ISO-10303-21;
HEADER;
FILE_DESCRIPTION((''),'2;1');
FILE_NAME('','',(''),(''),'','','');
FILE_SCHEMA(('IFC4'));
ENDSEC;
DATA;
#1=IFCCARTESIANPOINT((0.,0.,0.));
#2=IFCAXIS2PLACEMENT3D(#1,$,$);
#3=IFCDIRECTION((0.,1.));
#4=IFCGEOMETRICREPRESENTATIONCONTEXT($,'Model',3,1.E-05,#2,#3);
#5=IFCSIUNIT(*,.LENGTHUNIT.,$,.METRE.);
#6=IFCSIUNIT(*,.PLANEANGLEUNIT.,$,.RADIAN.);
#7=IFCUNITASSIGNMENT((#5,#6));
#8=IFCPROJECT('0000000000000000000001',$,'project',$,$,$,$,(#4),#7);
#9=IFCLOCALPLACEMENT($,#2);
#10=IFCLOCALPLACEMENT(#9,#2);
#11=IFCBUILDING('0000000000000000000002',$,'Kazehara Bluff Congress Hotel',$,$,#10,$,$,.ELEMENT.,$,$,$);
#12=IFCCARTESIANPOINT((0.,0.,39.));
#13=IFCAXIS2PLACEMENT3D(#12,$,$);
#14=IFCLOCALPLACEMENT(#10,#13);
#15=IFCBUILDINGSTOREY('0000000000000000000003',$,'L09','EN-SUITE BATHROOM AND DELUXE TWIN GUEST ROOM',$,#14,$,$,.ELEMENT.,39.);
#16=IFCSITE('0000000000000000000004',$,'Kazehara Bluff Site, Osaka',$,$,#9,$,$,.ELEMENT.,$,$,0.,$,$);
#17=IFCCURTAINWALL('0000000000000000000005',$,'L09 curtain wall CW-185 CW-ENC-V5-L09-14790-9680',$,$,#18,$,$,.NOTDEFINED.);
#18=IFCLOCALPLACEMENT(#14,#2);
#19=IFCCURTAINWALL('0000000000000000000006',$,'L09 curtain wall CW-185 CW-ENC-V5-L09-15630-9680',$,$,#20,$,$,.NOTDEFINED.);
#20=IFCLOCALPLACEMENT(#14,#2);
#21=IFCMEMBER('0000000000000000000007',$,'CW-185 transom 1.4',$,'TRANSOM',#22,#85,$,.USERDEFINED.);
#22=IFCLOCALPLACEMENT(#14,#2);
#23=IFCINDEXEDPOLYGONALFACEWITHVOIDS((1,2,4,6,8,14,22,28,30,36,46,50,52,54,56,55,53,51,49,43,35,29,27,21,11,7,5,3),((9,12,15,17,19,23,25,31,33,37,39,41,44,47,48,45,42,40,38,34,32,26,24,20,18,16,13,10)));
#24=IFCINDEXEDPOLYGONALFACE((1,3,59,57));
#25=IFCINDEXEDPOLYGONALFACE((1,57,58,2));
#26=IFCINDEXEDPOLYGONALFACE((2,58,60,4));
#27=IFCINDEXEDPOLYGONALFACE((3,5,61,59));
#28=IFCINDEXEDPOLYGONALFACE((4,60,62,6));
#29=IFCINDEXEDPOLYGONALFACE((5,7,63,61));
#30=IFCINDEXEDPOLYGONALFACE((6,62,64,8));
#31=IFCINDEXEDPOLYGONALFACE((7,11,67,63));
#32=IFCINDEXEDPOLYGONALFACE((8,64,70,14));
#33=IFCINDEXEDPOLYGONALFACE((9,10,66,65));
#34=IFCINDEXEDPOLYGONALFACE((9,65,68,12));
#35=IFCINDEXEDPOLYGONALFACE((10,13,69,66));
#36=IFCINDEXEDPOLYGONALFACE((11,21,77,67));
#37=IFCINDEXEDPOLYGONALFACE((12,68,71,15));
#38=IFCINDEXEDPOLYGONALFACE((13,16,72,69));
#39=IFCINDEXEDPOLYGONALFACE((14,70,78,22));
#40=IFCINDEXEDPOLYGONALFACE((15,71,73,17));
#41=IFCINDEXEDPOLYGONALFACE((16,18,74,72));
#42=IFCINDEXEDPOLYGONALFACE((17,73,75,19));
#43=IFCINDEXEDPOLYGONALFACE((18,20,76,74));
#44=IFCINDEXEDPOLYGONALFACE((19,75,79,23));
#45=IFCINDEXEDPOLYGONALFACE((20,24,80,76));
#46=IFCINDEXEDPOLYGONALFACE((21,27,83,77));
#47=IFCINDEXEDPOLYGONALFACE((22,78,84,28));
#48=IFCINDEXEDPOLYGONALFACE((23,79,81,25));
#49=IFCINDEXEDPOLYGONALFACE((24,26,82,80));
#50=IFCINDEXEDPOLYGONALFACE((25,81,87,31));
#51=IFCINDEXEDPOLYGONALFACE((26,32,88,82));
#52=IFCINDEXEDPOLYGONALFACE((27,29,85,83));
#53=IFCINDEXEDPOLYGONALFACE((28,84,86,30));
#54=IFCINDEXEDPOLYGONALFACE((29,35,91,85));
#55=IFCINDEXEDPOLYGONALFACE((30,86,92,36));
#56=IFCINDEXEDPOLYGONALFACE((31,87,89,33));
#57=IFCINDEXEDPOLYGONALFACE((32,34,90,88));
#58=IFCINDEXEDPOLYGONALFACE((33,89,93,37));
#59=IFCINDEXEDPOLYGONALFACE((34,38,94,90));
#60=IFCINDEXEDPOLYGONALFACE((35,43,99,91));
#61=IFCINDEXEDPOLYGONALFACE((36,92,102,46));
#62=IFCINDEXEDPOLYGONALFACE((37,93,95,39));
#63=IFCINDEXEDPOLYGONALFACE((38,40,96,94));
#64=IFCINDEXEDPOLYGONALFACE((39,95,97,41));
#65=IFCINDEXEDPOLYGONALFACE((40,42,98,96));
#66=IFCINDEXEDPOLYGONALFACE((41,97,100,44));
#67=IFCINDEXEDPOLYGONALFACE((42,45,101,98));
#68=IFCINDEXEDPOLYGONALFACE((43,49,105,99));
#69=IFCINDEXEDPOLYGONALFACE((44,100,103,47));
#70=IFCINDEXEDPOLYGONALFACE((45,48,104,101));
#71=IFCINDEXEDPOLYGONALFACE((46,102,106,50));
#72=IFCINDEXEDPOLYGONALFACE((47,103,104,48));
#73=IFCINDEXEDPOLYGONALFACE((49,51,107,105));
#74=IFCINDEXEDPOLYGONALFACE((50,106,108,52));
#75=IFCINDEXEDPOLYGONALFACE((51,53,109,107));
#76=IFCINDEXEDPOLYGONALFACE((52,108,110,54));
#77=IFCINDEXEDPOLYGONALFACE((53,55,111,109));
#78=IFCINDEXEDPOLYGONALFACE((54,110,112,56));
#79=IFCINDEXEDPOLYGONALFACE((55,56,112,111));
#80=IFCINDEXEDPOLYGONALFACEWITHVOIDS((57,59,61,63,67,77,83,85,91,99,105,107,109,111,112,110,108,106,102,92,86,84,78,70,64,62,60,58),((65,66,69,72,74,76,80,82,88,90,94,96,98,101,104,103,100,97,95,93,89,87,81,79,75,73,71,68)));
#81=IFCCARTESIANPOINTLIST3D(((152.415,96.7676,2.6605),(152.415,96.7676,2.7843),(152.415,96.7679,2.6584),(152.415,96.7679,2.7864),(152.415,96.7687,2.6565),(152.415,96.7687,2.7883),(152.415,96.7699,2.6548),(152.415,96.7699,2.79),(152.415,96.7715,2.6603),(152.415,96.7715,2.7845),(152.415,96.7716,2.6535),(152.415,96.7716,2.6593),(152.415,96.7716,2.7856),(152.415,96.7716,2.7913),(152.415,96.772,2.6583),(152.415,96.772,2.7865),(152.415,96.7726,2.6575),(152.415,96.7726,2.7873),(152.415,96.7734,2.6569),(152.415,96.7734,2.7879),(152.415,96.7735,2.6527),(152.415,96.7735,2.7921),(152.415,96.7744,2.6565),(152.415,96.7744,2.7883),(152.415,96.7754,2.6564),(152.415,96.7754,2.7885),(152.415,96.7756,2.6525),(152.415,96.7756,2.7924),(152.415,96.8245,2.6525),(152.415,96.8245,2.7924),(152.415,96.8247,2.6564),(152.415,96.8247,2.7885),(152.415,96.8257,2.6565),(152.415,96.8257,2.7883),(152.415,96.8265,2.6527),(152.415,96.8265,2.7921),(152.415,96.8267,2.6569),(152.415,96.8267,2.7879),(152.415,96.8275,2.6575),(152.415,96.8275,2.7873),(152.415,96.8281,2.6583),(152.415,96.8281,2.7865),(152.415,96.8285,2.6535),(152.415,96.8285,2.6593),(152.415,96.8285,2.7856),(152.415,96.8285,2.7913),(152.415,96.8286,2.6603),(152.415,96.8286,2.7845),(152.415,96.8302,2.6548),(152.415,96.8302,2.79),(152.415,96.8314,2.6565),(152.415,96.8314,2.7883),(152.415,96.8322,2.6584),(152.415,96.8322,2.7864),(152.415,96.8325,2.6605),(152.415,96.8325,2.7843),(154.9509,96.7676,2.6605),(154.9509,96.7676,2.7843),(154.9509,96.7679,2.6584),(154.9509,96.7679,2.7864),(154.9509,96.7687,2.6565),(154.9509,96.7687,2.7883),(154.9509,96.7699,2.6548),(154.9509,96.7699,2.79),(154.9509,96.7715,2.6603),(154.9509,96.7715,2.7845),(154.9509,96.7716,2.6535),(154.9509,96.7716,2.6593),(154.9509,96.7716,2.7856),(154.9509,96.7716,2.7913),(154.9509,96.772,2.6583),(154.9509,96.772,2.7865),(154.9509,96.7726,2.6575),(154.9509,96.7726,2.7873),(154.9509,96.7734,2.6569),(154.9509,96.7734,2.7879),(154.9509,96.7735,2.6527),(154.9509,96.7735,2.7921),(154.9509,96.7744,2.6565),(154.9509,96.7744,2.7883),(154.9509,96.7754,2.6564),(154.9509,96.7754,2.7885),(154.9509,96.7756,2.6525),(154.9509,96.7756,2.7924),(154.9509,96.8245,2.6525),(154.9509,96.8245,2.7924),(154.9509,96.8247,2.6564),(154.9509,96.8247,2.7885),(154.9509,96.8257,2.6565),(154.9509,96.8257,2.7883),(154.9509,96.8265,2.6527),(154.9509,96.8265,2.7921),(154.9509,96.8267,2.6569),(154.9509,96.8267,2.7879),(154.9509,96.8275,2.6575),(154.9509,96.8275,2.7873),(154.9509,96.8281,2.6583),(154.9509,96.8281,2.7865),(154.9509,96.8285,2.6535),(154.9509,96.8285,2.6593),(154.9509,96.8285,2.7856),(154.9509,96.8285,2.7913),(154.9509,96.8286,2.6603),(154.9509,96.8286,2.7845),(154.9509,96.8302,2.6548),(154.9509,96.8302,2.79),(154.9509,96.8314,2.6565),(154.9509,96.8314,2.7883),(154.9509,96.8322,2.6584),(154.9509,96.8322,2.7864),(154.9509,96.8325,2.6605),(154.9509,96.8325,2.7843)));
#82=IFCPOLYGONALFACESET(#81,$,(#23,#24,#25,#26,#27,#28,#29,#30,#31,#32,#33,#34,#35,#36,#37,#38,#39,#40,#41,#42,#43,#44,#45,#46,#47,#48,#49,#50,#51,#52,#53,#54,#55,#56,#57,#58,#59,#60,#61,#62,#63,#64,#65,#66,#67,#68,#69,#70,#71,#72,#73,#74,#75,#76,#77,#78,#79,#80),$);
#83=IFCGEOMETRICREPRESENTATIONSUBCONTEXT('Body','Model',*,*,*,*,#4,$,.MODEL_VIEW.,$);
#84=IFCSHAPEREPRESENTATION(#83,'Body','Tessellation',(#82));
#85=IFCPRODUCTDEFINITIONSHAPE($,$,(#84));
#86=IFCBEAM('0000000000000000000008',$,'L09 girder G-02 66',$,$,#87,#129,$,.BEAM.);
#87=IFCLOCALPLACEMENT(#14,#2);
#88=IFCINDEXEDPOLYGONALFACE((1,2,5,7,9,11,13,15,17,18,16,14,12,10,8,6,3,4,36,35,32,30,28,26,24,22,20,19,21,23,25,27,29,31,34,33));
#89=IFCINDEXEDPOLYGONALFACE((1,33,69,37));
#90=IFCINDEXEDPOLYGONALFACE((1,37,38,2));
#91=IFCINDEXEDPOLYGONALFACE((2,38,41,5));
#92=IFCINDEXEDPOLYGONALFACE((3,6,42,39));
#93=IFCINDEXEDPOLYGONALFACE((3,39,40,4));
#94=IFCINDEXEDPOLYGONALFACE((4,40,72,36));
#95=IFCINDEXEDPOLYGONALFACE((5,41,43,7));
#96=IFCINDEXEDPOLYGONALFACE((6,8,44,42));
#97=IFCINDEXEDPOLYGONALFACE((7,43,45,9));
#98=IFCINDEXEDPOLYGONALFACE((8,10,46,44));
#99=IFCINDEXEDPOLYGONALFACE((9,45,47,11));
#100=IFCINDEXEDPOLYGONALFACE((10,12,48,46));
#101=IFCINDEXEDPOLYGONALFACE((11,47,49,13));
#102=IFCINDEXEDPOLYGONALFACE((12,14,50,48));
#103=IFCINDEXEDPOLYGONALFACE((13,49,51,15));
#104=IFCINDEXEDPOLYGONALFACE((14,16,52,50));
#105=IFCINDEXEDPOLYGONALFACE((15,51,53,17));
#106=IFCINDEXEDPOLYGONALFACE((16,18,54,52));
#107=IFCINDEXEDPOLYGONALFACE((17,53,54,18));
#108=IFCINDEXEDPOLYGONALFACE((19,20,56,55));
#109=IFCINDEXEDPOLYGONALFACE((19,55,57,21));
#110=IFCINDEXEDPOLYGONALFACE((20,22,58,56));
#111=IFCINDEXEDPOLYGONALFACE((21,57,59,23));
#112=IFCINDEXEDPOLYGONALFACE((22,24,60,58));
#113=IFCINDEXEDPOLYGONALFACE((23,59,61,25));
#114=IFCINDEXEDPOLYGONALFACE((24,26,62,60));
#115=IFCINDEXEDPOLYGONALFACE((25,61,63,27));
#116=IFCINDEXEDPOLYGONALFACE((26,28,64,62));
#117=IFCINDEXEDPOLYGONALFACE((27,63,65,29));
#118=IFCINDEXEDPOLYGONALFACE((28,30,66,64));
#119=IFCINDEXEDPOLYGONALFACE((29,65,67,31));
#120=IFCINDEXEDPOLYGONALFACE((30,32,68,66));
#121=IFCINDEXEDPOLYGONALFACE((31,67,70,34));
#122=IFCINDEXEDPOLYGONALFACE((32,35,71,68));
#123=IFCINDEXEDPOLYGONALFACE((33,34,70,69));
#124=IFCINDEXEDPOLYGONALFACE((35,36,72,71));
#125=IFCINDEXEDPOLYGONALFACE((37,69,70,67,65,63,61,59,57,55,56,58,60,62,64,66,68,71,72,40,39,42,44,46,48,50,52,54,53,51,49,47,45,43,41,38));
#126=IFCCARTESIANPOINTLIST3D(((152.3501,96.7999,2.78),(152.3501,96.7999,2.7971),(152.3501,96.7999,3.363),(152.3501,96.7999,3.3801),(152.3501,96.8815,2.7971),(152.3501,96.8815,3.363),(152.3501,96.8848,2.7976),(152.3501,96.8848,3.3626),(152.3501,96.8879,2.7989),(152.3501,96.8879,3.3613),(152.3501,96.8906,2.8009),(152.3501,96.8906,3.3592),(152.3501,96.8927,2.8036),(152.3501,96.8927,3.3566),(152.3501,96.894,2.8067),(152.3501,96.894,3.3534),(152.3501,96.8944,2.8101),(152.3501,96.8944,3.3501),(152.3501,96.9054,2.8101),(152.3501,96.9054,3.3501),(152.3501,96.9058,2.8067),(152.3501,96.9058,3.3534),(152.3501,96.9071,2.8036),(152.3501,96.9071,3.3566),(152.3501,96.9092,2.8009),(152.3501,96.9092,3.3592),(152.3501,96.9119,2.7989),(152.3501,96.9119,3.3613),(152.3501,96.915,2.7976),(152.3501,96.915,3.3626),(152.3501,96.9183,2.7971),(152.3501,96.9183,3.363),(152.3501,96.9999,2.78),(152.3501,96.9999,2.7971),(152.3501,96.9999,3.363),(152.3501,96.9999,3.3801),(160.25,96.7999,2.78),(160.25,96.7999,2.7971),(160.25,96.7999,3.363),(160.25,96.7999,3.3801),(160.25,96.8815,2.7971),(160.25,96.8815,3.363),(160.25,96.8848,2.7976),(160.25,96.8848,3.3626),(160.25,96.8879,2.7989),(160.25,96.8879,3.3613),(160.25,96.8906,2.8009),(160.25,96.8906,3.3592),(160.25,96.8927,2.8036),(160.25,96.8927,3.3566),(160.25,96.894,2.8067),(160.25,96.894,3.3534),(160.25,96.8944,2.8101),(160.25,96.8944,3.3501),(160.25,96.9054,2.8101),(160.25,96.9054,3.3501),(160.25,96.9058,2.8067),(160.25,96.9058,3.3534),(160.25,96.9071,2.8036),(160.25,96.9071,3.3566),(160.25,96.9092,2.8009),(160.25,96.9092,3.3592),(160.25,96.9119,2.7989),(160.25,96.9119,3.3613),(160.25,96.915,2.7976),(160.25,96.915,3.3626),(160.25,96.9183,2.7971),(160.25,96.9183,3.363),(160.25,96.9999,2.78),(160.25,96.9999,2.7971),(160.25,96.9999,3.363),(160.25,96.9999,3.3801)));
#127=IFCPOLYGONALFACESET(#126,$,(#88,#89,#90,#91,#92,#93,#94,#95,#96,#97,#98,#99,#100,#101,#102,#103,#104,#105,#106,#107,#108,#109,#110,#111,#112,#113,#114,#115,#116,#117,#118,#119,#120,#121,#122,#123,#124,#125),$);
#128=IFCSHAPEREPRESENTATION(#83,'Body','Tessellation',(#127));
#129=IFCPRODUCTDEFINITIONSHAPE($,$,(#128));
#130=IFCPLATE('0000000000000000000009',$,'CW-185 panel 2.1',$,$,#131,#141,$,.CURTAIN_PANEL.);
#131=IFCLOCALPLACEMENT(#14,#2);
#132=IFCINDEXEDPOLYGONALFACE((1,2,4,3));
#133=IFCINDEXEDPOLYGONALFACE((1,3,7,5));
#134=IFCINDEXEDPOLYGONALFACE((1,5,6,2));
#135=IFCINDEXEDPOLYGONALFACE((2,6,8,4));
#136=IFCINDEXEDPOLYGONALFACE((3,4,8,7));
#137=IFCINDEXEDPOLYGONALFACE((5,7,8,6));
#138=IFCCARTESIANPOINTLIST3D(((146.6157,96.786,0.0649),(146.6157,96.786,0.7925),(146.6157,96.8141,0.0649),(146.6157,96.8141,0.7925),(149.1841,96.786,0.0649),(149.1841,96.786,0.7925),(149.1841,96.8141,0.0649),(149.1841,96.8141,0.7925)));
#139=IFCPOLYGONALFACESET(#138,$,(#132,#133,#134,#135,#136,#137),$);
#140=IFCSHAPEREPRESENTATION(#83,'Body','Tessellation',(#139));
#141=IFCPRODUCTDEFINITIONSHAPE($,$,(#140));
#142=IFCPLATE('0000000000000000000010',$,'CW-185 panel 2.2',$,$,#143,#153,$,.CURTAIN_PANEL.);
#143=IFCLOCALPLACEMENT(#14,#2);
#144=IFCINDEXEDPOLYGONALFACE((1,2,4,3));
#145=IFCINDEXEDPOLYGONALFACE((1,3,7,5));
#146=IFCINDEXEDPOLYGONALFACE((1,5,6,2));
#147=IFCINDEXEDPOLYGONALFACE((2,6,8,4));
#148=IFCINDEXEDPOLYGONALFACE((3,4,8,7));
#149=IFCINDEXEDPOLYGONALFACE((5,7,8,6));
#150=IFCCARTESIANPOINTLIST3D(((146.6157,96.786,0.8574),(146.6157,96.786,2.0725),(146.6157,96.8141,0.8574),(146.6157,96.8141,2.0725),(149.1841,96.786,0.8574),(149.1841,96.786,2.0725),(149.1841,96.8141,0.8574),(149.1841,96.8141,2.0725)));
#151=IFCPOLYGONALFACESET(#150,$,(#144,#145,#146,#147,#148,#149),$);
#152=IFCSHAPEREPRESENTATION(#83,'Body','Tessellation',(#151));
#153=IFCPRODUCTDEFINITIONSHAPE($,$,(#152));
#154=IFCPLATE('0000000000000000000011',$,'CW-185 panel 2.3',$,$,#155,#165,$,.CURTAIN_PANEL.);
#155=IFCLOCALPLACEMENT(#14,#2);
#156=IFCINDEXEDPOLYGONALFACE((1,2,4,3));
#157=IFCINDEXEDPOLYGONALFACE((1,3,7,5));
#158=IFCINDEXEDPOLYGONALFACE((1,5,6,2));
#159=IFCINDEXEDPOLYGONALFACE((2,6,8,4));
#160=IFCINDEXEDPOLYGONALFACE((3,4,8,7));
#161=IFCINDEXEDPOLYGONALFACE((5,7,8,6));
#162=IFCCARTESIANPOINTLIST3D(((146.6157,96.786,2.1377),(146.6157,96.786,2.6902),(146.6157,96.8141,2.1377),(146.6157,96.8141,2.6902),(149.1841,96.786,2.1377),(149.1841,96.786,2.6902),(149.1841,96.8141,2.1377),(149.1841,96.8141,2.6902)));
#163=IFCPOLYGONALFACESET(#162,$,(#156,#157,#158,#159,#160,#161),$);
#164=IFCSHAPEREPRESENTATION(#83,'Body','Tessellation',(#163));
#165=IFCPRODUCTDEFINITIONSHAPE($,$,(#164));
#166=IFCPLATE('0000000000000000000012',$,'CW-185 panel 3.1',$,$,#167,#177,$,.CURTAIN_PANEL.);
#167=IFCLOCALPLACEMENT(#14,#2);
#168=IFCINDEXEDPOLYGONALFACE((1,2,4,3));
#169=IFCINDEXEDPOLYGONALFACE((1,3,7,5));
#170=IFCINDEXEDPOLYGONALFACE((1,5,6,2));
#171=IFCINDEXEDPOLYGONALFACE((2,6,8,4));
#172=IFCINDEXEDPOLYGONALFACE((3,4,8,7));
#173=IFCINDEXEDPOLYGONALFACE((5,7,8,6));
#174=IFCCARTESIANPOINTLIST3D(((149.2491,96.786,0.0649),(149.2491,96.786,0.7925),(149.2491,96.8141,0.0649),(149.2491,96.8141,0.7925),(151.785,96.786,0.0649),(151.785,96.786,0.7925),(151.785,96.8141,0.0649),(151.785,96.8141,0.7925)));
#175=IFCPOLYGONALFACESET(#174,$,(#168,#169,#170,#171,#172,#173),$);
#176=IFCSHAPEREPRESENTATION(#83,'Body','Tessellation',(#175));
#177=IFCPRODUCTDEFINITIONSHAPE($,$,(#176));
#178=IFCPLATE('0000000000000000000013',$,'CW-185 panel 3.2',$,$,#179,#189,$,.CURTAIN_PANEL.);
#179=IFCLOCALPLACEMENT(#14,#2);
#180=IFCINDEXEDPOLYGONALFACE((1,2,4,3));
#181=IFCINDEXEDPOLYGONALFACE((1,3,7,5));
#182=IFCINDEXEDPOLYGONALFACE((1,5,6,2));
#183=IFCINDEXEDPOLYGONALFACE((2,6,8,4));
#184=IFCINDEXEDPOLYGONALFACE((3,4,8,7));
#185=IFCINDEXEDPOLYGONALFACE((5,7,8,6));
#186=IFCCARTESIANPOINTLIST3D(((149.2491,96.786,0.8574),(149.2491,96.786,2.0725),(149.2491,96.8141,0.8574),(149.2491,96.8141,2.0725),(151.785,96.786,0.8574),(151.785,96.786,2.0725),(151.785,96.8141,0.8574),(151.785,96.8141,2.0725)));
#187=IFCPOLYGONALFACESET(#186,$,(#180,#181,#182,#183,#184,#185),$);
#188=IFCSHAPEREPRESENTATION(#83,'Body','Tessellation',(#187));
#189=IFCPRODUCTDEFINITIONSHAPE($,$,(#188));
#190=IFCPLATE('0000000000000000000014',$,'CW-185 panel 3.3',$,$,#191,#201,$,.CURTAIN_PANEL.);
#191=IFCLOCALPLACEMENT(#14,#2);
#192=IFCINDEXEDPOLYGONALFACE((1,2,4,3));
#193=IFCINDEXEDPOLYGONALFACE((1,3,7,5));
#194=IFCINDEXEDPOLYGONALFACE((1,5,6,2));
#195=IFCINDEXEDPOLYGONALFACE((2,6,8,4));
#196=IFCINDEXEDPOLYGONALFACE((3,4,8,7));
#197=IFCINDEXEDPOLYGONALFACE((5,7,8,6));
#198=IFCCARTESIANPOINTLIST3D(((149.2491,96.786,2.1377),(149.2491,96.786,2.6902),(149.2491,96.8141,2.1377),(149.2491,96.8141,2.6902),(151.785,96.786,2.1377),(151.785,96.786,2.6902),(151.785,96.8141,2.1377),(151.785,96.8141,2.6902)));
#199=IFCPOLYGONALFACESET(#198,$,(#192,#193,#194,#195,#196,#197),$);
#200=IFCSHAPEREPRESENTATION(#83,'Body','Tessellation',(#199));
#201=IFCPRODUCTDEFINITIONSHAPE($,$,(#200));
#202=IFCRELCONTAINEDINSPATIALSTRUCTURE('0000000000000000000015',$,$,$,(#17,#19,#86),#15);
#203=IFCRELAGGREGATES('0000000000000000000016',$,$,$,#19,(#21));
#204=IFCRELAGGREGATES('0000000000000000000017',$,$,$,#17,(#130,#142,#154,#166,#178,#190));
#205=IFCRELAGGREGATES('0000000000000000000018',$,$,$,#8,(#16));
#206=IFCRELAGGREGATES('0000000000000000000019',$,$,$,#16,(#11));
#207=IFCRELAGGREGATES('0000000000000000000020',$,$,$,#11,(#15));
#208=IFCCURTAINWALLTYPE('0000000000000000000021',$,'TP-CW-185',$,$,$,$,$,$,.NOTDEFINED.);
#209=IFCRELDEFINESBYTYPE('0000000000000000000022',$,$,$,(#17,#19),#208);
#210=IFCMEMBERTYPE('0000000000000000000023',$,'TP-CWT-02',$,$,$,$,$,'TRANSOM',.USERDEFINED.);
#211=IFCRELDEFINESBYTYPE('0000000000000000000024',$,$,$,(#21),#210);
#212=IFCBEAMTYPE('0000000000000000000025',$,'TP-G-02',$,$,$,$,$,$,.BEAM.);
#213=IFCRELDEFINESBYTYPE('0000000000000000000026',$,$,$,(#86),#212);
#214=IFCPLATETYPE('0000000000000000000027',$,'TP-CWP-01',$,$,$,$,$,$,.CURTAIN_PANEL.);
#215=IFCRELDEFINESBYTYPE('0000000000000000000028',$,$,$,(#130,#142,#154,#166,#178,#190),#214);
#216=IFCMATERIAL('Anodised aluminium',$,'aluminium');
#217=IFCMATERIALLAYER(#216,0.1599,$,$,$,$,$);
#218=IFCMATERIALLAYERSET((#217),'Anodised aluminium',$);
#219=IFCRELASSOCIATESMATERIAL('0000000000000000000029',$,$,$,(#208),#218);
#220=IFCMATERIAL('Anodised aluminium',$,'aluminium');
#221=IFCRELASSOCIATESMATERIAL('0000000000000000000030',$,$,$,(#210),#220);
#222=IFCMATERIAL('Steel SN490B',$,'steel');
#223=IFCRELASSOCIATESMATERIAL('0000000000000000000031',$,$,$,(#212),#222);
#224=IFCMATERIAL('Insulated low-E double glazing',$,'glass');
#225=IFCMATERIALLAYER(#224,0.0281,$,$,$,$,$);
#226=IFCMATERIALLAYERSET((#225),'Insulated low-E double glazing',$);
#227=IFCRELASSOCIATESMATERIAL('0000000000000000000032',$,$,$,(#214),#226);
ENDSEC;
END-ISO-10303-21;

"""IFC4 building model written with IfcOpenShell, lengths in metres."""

from ifc_helpers import new_model, si_unit, direction, frame, origin, origin_2d, place, context, subcontext, project, spatial, rectangle, hollow_rectangle, i_section, extrude, material, layer, layer_set, material_profile, profile_set, type_object, element, aggregate, save


model = new_model("IFC4")

# Units and contexts
model_context = context("Model", 3, precision=1e-05, world=origin(), true_north=direction((0.0, 1.0)))
body_context = subcontext(model_context, "Body", "Model", "MODEL_VIEW")
ifc_project = project(units=[si_unit("LENGTHUNIT", "METRE"), si_unit("PLANEANGLEUNIT", "RADIAN")], contexts=[model_context])

# Site, building, storey
site_placement = place(None, origin())
site = spatial("IfcSite", under=ifc_project, at=site_placement, Name="Kazehara Bluff Site, Osaka", CompositionType="ELEMENT", RefElevation=0.0)
building_placement = place(site_placement, origin())
building = spatial("IfcBuilding", under=site, at=building_placement, Name="Kazehara Bluff Congress Hotel", CompositionType="ELEMENT")
storey_placement = place(building_placement, frame((0.0, 0.0, 39.0)))
storey = spatial("IfcBuildingStorey", under=building, at=storey_placement, Name="L09", Description="EN-SUITE BATHROOM AND DELUXE TWIN GUEST ROOM", CompositionType="ELEMENT", Elevation=39.0)

# Curtain wall
ifc_material_1 = material(Name="Anodised aluminium", Category="aluminium")
ifc_layer_1 = layer(ifc_material_1, 0.1599)
ifc_layer_set_1 = layer_set([ifc_layer_1], Name="Anodised aluminium")
curtain_wall_type = type_object("IfcCurtainWallType", Name="TP-CW-185", PredefinedType="NOTDEFINED", material=ifc_layer_set_1)
curtain_wall_1_placement = place(storey_placement, origin())
curtain_wall_1 = element("IfcCurtainWall", 1, at=curtain_wall_1_placement, inside=storey, type_object=curtain_wall_type, Name="L09 curtain wall CW-185 CW-ENC-V5-L09-14790-9680", PredefinedType="NOTDEFINED")

# Curtain wall
curtain_wall_2_placement = place(storey_placement, origin())
curtain_wall_2 = element("IfcCurtainWall", 2, at=curtain_wall_2_placement, inside=storey, type_object=curtain_wall_type, Name="L09 curtain wall CW-185 CW-ENC-V5-L09-15630-9680", PredefinedType="NOTDEFINED")

# Member
ifc_material_2 = material(Name="Anodised aluminium", Category="aluminium")
ifc_material_profile_1 = material_profile(ifc_material_2, hollow_rectangle(XDim=0.0649, YDim=0.1399, WallThickness=0.0039, InnerFilletRadius=0.0039, OuterFilletRadius=0.0081, at=origin_2d()))
ifc_profile_set_1 = profile_set([ifc_material_profile_1], Name="Anodised aluminium")
member_type_1 = type_object("IfcMemberType", Name="TP-CWT-02", ElementType="TRANSOM", PredefinedType="USERDEFINED", material=ifc_profile_set_1)
member_1_placement = place(storey_placement, frame((152.415, 96.8, 2.7224), z_axis=(1.0, 0.0, 0.0), x_axis=(0.0, 1.0, 0.0)))
member_1 = element("IfcMember", 3, at=member_1_placement, type_object=member_type_1, Name="CW-185 transom 1.4", ObjectType="TRANSOM", PredefinedType="USERDEFINED", context=body_context, shape_type="SweptSolid", body=[
    extrude(hollow_rectangle(XDim=0.0649, YDim=0.1399, WallThickness=0.0039, InnerFilletRadius=0.0039, OuterFilletRadius=0.0081, at=origin_2d()), origin(), (0.0, 0.0, 1.0), 2.5359),
])
aggregate(curtain_wall_2, [member_1])

# Beam
ifc_material_3 = material(Name="Steel SN490B", Category="steel")
ifc_material_profile_2 = material_profile(ifc_material_3, i_section(OverallWidth=0.2, OverallDepth=0.6001, WebThickness=0.011, FlangeThickness=0.0171, FilletRadius=0.0129, at=origin_2d()))
ifc_profile_set_2 = profile_set([ifc_material_profile_2], Name="Steel SN490B")
beam_type = type_object("IfcBeamType", Name="TP-G-02", PredefinedType="BEAM", material=ifc_profile_set_2)
beam_placement = place(storey_placement, frame((152.3501, 96.8999, 3.0801), z_axis=(1.0, 0.0, 0.0), x_axis=(0.0, 1.0, 0.0)))
element("IfcBeam", 4, at=beam_placement, inside=storey, type_object=beam_type, Name="L09 girder G-02 66", PredefinedType="BEAM", context=body_context, shape_type="SweptSolid", body=[
    extrude(i_section(OverallWidth=0.2, OverallDepth=0.6001, WebThickness=0.011, FlangeThickness=0.0171, FilletRadius=0.0129, at=origin_2d()), origin(), (0.0, 0.0, 1.0), 7.8999),
])

# Plates
ifc_material_4 = material(Name="Insulated low-E double glazing", Category="glass")
ifc_layer_2 = layer(ifc_material_4, 0.0281)
ifc_layer_set_2 = layer_set([ifc_layer_2], Name="Insulated low-E double glazing")
plate_type = type_object("IfcPlateType", Name="TP-CWP-01", PredefinedType="CURTAIN_PANEL", material=ifc_layer_set_2)
plate_1_placement = place(storey_placement, frame((147.8999, 96.8, 0.0649), z_axis=(0.0, 0.0, 1.0), x_axis=(1.0, 0.0, 0.0)))
plate_1 = element("IfcPlate", 5, at=plate_1_placement, type_object=plate_type, Name="CW-185 panel 2.1", PredefinedType="CURTAIN_PANEL", context=body_context, shape_type="SweptSolid", body=[
    extrude(rectangle(XDim=2.5684, YDim=0.0281, at=origin_2d()), origin(), (0.0, 0.0, 1.0), 0.7275),
])
plate_2_placement = place(storey_placement, frame((147.8999, 96.8, 0.8574), z_axis=(0.0, 0.0, 1.0), x_axis=(1.0, 0.0, 0.0)))
plate_2 = element("IfcPlate", 6, at=plate_2_placement, type_object=plate_type, Name="CW-185 panel 2.2", PredefinedType="CURTAIN_PANEL", context=body_context, shape_type="SweptSolid", body=[
    extrude(rectangle(XDim=2.5684, YDim=0.0281, at=origin_2d()), origin(), (0.0, 0.0, 1.0), 1.2151),
])
plate_3_placement = place(storey_placement, frame((147.8999, 96.8, 2.1377), z_axis=(0.0, 0.0, 1.0), x_axis=(1.0, 0.0, 0.0)))
plate_3 = element("IfcPlate", 7, at=plate_3_placement, type_object=plate_type, Name="CW-185 panel 2.3", PredefinedType="CURTAIN_PANEL", context=body_context, shape_type="SweptSolid", body=[
    extrude(rectangle(XDim=2.5684, YDim=0.0281, at=origin_2d()), origin(), (0.0, 0.0, 1.0), 0.5525),
])
plate_4_placement = place(storey_placement, frame((150.5171, 96.8, 0.0649), z_axis=(0.0, 0.0, 1.0), x_axis=(1.0, 0.0, 0.0)))
plate_4 = element("IfcPlate", 8, at=plate_4_placement, type_object=plate_type, Name="CW-185 panel 3.1", PredefinedType="CURTAIN_PANEL", context=body_context, shape_type="SweptSolid", body=[
    extrude(rectangle(XDim=2.5359, YDim=0.0281, at=origin_2d()), origin(), (0.0, 0.0, 1.0), 0.7275),
])
plate_5_placement = place(storey_placement, frame((150.5171, 96.8, 0.8574), z_axis=(0.0, 0.0, 1.0), x_axis=(1.0, 0.0, 0.0)))
plate_5 = element("IfcPlate", 9, at=plate_5_placement, type_object=plate_type, Name="CW-185 panel 3.2", PredefinedType="CURTAIN_PANEL", context=body_context, shape_type="SweptSolid", body=[
    extrude(rectangle(XDim=2.5359, YDim=0.0281, at=origin_2d()), origin(), (0.0, 0.0, 1.0), 1.2151),
])
plate_6_placement = place(storey_placement, frame((150.5171, 96.8, 2.1377), z_axis=(0.0, 0.0, 1.0), x_axis=(1.0, 0.0, 0.0)))
plate_6 = element("IfcPlate", 10, at=plate_6_placement, type_object=plate_type, Name="CW-185 panel 3.3", PredefinedType="CURTAIN_PANEL", context=body_context, shape_type="SweptSolid", body=[
    extrude(rectangle(XDim=2.5359, YDim=0.0281, at=origin_2d()), origin(), (0.0, 0.0, 1.0), 0.5525),
])
aggregate(curtain_wall_1, [plate_1, plate_2, plate_3, plate_4, plate_5, plate_6])

save(model, "model.ifc")
